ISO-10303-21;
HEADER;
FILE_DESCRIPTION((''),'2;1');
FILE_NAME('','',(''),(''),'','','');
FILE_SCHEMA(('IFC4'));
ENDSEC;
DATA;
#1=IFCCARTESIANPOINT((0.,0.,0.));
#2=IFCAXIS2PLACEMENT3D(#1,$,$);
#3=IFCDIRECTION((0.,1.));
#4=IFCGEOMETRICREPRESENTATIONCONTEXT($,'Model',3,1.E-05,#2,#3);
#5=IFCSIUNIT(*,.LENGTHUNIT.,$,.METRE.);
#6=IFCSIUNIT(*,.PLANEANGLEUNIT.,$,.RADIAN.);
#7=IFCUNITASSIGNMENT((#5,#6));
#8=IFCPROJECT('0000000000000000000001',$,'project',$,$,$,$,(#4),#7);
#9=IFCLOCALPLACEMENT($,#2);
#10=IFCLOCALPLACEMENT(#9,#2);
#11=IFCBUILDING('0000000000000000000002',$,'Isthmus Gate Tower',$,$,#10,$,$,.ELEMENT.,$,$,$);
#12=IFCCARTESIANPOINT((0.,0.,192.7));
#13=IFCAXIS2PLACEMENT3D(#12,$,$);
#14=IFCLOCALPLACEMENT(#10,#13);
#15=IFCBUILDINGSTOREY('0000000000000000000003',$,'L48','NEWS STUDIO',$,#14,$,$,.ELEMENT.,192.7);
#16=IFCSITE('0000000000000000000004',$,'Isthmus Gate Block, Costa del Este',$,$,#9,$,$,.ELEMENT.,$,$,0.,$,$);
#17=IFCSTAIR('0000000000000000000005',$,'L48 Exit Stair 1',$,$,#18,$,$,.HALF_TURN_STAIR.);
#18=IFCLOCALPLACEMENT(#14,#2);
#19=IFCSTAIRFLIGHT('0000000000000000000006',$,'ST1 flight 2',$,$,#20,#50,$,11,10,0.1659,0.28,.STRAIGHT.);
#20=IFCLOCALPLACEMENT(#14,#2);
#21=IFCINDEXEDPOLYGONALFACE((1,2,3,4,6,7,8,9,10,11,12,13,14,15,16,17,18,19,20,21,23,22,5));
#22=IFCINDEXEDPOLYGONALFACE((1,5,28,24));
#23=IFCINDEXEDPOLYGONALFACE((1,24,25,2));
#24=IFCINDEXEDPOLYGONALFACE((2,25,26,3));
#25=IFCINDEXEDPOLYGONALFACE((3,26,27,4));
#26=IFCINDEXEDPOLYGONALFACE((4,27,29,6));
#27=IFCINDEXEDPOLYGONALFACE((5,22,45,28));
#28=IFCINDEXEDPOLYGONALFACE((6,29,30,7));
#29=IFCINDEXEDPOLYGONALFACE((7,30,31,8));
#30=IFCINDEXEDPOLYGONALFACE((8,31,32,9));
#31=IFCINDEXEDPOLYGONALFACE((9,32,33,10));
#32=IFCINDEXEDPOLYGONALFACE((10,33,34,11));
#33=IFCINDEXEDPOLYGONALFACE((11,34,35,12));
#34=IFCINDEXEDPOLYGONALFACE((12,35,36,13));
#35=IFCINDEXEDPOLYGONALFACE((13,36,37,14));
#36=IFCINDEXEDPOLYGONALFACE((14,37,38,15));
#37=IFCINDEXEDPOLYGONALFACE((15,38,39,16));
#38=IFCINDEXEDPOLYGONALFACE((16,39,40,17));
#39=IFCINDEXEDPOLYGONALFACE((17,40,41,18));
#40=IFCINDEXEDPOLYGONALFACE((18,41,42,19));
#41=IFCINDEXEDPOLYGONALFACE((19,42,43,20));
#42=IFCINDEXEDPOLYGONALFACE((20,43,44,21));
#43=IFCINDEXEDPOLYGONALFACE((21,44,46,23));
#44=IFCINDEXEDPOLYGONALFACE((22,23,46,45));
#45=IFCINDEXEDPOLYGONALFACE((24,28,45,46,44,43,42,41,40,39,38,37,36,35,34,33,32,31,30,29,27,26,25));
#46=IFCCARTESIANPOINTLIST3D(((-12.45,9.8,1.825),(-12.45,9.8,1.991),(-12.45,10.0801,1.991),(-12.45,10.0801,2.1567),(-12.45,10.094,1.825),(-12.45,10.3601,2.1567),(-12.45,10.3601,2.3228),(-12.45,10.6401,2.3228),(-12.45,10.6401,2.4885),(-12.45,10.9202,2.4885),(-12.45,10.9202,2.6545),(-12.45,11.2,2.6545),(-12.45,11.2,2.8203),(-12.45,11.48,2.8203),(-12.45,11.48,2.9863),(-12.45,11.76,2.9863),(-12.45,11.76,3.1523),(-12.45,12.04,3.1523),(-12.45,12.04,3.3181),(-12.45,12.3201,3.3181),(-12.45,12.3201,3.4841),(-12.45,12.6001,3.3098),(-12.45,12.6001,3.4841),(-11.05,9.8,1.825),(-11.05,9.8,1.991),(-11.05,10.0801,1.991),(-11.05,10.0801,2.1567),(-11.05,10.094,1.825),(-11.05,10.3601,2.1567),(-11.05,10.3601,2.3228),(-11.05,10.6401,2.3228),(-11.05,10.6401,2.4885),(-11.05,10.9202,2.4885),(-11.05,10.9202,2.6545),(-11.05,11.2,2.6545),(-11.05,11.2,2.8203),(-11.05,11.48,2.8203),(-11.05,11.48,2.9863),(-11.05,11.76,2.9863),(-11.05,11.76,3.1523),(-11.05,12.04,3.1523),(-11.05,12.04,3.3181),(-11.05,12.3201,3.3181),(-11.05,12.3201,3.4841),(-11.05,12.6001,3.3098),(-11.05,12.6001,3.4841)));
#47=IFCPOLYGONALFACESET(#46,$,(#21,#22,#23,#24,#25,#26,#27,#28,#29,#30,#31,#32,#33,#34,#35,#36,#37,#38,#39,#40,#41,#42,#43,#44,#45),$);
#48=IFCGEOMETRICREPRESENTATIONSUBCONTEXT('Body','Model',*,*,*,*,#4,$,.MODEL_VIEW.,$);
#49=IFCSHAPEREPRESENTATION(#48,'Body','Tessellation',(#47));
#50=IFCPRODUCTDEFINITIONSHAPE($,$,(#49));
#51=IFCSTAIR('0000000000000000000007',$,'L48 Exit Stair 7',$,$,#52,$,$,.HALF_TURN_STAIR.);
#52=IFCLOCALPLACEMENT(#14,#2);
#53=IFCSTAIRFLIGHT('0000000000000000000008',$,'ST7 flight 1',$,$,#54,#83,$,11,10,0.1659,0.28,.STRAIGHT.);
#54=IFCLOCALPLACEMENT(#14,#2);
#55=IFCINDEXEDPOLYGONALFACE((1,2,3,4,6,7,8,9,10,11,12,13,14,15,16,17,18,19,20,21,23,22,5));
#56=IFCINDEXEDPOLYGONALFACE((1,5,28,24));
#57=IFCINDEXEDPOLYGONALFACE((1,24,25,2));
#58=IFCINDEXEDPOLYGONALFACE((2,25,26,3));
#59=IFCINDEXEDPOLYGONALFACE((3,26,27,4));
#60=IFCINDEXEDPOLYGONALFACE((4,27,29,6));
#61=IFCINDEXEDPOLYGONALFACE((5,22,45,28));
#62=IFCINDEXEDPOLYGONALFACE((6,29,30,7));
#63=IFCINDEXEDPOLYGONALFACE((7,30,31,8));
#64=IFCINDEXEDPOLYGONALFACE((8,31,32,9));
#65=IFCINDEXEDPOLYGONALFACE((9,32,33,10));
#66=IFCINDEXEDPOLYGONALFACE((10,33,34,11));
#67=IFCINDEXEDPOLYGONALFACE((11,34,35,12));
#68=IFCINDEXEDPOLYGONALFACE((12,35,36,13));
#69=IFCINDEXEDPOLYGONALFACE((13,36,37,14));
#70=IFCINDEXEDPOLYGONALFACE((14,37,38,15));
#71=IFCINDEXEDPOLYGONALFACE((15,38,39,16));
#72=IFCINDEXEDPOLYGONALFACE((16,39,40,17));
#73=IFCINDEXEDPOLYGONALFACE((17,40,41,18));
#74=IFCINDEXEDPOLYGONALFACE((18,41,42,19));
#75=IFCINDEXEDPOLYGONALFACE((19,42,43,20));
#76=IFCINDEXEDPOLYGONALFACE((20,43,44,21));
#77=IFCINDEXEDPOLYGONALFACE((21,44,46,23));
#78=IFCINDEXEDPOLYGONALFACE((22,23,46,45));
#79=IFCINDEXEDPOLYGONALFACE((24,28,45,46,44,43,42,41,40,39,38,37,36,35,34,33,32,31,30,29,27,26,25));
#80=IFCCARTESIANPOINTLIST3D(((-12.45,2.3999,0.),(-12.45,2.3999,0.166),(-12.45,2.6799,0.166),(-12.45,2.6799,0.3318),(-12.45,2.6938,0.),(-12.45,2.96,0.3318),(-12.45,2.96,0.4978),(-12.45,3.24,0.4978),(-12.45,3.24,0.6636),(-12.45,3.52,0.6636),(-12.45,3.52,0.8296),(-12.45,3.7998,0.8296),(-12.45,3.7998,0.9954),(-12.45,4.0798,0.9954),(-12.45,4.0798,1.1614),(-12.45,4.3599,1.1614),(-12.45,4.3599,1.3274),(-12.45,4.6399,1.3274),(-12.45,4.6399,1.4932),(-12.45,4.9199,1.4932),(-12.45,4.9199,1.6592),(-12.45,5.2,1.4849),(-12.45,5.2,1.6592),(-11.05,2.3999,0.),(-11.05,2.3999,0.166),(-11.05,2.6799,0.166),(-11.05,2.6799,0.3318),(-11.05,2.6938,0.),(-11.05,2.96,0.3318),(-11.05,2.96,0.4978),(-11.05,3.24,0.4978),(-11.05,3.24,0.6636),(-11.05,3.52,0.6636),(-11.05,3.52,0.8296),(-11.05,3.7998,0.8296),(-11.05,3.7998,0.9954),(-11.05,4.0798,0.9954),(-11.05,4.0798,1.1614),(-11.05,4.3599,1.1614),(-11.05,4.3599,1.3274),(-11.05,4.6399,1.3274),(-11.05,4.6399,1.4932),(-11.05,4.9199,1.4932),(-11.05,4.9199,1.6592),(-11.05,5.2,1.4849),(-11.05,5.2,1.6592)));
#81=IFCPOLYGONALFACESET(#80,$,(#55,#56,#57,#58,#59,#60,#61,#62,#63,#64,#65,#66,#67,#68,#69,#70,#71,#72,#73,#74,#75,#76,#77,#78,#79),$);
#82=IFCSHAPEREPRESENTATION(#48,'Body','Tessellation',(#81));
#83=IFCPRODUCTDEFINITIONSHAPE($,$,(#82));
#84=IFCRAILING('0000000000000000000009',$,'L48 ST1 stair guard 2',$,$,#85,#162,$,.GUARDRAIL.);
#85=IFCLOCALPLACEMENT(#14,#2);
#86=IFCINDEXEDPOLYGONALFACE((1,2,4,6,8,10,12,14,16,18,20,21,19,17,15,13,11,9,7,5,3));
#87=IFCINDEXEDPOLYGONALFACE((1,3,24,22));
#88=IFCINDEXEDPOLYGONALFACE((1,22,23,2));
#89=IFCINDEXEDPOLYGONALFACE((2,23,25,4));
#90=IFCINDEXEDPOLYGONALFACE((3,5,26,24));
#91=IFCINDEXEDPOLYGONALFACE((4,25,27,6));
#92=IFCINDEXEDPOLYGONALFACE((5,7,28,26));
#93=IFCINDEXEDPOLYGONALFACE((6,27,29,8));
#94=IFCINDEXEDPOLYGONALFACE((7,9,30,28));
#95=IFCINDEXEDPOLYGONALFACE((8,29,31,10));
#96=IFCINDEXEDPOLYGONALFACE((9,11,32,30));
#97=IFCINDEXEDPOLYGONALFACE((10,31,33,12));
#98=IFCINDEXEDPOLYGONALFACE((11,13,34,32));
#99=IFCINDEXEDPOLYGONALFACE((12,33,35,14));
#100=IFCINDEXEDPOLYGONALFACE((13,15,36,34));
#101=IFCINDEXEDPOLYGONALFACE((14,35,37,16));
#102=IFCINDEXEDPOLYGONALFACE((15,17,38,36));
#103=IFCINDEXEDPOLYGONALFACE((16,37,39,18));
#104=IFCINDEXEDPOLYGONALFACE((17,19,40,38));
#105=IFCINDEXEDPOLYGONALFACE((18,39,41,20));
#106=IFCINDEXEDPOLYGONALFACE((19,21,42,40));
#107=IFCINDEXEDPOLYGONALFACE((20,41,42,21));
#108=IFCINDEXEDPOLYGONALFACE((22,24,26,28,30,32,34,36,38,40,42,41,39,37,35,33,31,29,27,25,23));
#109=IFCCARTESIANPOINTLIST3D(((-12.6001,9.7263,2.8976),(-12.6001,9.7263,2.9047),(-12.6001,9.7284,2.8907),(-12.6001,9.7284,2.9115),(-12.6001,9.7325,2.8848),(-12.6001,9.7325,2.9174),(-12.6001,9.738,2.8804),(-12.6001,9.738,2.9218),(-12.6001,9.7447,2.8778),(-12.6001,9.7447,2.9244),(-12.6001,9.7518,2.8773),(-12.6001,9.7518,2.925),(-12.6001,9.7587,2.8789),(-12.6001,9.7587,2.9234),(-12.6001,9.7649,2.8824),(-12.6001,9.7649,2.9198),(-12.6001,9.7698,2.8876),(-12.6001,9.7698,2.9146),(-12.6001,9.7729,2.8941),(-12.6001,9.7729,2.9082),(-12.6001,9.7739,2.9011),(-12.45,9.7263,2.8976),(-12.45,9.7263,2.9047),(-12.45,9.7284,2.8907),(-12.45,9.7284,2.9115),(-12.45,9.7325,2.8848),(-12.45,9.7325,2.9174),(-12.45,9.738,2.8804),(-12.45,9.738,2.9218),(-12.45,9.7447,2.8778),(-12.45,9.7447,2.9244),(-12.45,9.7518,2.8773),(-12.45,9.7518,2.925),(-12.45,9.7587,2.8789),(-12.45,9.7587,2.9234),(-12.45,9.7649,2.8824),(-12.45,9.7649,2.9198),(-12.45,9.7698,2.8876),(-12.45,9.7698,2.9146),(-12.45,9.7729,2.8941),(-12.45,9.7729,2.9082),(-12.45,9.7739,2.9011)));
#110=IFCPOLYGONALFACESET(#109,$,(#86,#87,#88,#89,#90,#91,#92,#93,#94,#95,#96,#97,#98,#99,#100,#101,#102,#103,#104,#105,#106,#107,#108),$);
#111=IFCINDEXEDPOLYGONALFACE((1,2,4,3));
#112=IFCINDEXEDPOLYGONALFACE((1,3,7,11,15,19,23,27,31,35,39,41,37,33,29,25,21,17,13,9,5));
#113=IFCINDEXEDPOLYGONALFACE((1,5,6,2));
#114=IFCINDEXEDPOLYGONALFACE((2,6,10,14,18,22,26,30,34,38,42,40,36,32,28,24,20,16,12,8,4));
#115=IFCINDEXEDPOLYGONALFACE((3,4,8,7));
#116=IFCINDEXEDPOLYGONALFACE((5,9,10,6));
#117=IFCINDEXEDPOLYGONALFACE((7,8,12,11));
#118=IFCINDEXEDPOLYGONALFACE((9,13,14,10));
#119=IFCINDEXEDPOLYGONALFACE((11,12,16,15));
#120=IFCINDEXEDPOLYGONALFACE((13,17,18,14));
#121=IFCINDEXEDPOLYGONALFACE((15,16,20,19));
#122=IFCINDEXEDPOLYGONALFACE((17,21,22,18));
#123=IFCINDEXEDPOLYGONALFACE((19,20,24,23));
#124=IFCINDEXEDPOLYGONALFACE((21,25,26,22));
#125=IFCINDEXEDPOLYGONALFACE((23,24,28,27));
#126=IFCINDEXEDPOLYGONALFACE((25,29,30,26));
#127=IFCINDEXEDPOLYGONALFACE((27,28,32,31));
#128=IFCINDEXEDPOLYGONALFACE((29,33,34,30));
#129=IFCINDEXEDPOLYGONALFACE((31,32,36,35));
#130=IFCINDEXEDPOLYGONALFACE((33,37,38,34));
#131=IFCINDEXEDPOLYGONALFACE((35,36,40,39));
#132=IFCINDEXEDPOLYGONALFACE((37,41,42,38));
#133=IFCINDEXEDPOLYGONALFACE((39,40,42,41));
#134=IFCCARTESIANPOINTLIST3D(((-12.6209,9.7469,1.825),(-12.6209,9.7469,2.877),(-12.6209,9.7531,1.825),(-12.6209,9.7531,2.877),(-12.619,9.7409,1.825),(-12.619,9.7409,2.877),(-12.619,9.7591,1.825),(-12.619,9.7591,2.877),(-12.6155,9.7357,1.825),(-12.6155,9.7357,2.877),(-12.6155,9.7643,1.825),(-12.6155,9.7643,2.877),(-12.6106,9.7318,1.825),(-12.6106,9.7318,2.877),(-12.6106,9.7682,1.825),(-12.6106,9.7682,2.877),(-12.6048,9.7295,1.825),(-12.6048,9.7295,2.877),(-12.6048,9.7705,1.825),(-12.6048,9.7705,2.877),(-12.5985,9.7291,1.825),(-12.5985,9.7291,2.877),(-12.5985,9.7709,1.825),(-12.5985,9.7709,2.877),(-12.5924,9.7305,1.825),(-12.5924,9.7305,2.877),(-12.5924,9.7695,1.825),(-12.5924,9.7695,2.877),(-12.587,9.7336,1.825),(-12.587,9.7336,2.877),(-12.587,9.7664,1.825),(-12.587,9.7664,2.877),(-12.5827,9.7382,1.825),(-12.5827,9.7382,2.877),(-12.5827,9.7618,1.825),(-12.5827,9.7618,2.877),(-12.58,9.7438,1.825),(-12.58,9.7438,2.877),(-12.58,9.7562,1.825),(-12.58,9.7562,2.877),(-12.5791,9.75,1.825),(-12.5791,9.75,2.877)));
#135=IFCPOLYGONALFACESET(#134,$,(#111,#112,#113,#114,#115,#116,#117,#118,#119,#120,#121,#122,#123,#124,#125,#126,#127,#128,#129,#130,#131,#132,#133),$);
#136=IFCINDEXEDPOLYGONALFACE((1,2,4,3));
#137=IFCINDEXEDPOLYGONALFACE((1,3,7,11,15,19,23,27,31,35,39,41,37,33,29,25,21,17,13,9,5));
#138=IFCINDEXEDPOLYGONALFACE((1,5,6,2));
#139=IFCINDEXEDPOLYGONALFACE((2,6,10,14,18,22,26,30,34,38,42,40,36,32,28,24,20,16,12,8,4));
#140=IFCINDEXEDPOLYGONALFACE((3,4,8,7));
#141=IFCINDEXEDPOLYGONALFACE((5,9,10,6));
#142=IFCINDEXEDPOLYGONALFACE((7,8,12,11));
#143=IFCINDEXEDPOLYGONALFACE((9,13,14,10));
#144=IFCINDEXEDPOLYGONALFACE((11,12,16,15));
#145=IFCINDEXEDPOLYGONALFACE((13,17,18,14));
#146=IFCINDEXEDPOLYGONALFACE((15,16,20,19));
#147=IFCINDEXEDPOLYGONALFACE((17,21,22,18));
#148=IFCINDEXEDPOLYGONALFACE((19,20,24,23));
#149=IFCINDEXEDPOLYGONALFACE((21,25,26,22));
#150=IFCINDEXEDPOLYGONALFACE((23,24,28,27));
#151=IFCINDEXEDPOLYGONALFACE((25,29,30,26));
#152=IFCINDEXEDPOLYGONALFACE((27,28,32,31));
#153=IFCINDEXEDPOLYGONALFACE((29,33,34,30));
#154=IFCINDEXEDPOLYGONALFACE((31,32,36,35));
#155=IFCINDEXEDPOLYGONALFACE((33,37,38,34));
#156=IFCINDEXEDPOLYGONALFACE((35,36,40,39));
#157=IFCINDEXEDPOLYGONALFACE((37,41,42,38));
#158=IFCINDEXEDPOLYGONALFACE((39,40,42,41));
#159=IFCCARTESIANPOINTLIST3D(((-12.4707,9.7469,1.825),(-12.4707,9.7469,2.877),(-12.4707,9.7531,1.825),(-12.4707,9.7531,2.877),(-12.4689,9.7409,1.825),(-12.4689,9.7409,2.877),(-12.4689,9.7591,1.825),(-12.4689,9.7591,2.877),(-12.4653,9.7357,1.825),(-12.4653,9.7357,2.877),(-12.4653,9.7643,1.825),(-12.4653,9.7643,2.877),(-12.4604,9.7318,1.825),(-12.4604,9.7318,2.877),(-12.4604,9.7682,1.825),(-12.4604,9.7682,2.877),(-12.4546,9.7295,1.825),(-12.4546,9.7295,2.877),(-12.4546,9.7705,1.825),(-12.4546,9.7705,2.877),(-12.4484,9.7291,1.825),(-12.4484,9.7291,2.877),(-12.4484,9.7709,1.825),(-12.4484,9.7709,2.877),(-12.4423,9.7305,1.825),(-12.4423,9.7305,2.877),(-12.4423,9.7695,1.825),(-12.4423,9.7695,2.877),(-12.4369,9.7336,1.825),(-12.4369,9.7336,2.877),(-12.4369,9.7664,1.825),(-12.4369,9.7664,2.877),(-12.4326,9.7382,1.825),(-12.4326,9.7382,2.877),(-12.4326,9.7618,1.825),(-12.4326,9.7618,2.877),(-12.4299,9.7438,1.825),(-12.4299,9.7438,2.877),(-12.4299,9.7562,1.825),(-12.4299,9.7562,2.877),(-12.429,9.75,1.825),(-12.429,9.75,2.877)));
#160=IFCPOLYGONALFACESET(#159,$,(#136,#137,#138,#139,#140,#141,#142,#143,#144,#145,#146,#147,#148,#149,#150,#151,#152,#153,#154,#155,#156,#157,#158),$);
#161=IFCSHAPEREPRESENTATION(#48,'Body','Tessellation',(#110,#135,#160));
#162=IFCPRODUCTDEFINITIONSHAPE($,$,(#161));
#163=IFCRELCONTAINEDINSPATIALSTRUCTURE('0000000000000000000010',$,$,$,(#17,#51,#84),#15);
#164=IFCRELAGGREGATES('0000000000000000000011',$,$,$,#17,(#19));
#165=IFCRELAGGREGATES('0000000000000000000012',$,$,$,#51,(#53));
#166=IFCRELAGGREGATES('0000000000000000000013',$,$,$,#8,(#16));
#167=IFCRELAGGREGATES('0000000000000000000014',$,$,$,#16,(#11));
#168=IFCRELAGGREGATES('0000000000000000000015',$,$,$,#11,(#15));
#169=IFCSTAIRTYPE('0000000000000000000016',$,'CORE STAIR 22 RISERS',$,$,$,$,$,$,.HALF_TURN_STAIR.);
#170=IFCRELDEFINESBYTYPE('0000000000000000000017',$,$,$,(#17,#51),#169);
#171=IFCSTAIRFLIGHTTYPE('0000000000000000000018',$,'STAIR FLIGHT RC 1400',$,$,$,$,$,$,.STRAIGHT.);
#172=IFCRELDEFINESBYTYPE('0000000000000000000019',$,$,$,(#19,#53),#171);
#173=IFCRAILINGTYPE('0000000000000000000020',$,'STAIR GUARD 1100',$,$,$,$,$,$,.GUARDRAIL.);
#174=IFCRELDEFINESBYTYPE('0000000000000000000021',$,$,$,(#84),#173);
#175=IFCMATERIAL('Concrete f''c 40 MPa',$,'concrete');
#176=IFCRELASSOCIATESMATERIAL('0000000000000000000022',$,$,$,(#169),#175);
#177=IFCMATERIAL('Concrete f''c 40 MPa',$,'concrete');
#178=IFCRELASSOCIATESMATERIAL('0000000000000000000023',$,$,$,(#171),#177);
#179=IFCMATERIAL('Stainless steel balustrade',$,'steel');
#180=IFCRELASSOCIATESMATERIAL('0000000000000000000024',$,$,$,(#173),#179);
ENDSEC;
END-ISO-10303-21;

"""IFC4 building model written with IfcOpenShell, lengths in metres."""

from ifc_helpers import new_model, si_unit, direction, frame, origin, origin_2d, place, context, subcontext, project, spatial, polyline, circle, outline, extrude, material, type_object, element, aggregate, save


model = new_model("IFC4")

# Units and contexts
model_context = context("Model", 3, precision=1e-05, world=origin(), true_north=direction((0.0, 1.0)))
body_context = subcontext(model_context, "Body", "Model", "MODEL_VIEW")
ifc_project = project(units=[si_unit("LENGTHUNIT", "METRE"), si_unit("PLANEANGLEUNIT", "RADIAN")], contexts=[model_context])

# Site, building, storey
site_placement = place(None, origin())
site = spatial("IfcSite", under=ifc_project, at=site_placement, Name="Isthmus Gate Block, Costa del Este", CompositionType="ELEMENT", RefElevation=0.0)
building_placement = place(site_placement, origin())
building = spatial("IfcBuilding", under=site, at=building_placement, Name="Isthmus Gate Tower", CompositionType="ELEMENT")
storey_placement = place(building_placement, frame((0.0, 0.0, 192.7)))
storey = spatial("IfcBuildingStorey", under=building, at=storey_placement, Name="L48", Description="NEWS STUDIO", CompositionType="ELEMENT", Elevation=192.7)

# Stairs, stair flights
ifc_material_1 = material(Name="Concrete f'c 40 MPa", Category="concrete")
stair_type = type_object("IfcStairType", Name="CORE STAIR 22 RISERS", PredefinedType="HALF_TURN_STAIR", material=ifc_material_1)
stair_1_placement = place(storey_placement, origin())
stair_1 = element("IfcStair", 1, at=stair_1_placement, inside=storey, type_object=stair_type, Name="L48 Exit Stair 1", PredefinedType="HALF_TURN_STAIR")
ifc_material_2 = material(Name="Concrete f'c 40 MPa", Category="concrete")
stair_flight_type = type_object("IfcStairFlightType", Name="STAIR FLIGHT RC 1400", PredefinedType="STRAIGHT", material=ifc_material_2)
stair_flight_1_placement = place(storey_placement, frame((-11.75, 9.8, 1.825), z_axis=(0.0, 0.0, 1.0), x_axis=(0.0, 1.0, 0.0)))
stair_flight_1 = element("IfcStairFlight", 2, at=stair_flight_1_placement, type_object=stair_flight_type, Name="ST1 flight 2", NumberOfRisers=11, NumberOfTreads=10, PredefinedType="STRAIGHT", RiserHeight=0.1659, TreadLength=0.28, context=body_context, shape_type="SweptSolid", body=[
    extrude(outline(polyline([(0.0, 0.0), (0.0, 0.166), (0.28, 0.166), (0.28, 0.3318), (0.5601, 0.3318), (0.5601, 0.4978), (0.8401, 0.4978), (0.8401, 0.6636), (1.1201, 0.6636), (1.1201, 0.8296), (1.3999, 0.8296), (1.3999, 0.9954), (1.6799, 0.9954), (1.6799, 1.1614), (1.96, 1.1614), (1.96, 1.3274), (2.24, 1.3274), (2.24, 1.4932), (2.52, 1.4932), (2.52, 1.6592), (2.8, 1.6592), (2.8, 1.825), (2.8, 1.4849), (0.2939, 0.0), (0.0, 0.0)])), frame((0.0, 0.7, 0.0), z_axis=(0.0, -1.0, 0.0), x_axis=(1.0, 0.0, 0.0)), (0.0, 0.0, 1.0), 1.3999),
])
aggregate(stair_1, [stair_flight_1])
stair_2_placement = place(storey_placement, origin())
stair_2 = element("IfcStair", 3, at=stair_2_placement, inside=storey, type_object=stair_type, Name="L48 Exit Stair 7", PredefinedType="HALF_TURN_STAIR")
stair_flight_2_placement = place(storey_placement, frame((-11.75, 2.3999, 0.0), z_axis=(0.0, 0.0, 1.0), x_axis=(0.0, 1.0, 0.0)))
stair_flight_2 = element("IfcStairFlight", 4, at=stair_flight_2_placement, type_object=stair_flight_type, Name="ST7 flight 1", NumberOfRisers=11, NumberOfTreads=10, PredefinedType="STRAIGHT", RiserHeight=0.1659, TreadLength=0.28, context=body_context, shape_type="SweptSolid", body=[
    extrude(outline(polyline([(0.0, 0.0), (0.0, 0.166), (0.28, 0.166), (0.28, 0.3318), (0.5601, 0.3318), (0.5601, 0.4978), (0.8401, 0.4978), (0.8401, 0.6636), (1.1201, 0.6636), (1.1201, 0.8296), (1.3999, 0.8296), (1.3999, 0.9954), (1.6799, 0.9954), (1.6799, 1.1614), (1.96, 1.1614), (1.96, 1.3274), (2.24, 1.3274), (2.24, 1.4932), (2.52, 1.4932), (2.52, 1.6592), (2.8, 1.6592), (2.8, 1.825), (2.8, 1.4849), (0.2939, 0.0), (0.0, 0.0)])), frame((0.0, 0.7, 0.0), z_axis=(0.0, -1.0, 0.0), x_axis=(1.0, 0.0, 0.0)), (0.0, 0.0, 1.0), 1.3999),
])
aggregate(stair_2, [stair_flight_2])

# Railing
ifc_material_3 = material(Name="Stainless steel balustrade", Category="steel")
railing_type_1 = type_object("IfcRailingType", Name="STAIR GUARD 1100", PredefinedType="GUARDRAIL", material=ifc_material_3)
railing_1_placement = place(storey_placement, frame((-12.6001, 9.75, 1.825)))
element("IfcRailing", 5, at=railing_1_placement, inside=storey, type_object=railing_type_1, Name="L48 ST1 stair guard 2", PredefinedType="GUARDRAIL", context=body_context, shape_type="SweptSolid", body=[
    extrude(circle(Radius=0.0239, at=origin_2d()), frame((0.0, 0.0, 1.0762), z_axis=(1.0, 0.0, 0.0), x_axis=(0.0, 1.0, 0.0)), (0.0, 0.0, 1.0), 0.1501),
    extrude(circle(Radius=0.021, at=origin_2d()), origin(), (0.0, 0.0, 1.0), 1.052),
    extrude(circle(Radius=0.021, at=origin_2d()), frame((0.1501, 0.0, 0.0)), (0.0, 0.0, 1.0), 1.052),
])

save(model, "model.ifc")
